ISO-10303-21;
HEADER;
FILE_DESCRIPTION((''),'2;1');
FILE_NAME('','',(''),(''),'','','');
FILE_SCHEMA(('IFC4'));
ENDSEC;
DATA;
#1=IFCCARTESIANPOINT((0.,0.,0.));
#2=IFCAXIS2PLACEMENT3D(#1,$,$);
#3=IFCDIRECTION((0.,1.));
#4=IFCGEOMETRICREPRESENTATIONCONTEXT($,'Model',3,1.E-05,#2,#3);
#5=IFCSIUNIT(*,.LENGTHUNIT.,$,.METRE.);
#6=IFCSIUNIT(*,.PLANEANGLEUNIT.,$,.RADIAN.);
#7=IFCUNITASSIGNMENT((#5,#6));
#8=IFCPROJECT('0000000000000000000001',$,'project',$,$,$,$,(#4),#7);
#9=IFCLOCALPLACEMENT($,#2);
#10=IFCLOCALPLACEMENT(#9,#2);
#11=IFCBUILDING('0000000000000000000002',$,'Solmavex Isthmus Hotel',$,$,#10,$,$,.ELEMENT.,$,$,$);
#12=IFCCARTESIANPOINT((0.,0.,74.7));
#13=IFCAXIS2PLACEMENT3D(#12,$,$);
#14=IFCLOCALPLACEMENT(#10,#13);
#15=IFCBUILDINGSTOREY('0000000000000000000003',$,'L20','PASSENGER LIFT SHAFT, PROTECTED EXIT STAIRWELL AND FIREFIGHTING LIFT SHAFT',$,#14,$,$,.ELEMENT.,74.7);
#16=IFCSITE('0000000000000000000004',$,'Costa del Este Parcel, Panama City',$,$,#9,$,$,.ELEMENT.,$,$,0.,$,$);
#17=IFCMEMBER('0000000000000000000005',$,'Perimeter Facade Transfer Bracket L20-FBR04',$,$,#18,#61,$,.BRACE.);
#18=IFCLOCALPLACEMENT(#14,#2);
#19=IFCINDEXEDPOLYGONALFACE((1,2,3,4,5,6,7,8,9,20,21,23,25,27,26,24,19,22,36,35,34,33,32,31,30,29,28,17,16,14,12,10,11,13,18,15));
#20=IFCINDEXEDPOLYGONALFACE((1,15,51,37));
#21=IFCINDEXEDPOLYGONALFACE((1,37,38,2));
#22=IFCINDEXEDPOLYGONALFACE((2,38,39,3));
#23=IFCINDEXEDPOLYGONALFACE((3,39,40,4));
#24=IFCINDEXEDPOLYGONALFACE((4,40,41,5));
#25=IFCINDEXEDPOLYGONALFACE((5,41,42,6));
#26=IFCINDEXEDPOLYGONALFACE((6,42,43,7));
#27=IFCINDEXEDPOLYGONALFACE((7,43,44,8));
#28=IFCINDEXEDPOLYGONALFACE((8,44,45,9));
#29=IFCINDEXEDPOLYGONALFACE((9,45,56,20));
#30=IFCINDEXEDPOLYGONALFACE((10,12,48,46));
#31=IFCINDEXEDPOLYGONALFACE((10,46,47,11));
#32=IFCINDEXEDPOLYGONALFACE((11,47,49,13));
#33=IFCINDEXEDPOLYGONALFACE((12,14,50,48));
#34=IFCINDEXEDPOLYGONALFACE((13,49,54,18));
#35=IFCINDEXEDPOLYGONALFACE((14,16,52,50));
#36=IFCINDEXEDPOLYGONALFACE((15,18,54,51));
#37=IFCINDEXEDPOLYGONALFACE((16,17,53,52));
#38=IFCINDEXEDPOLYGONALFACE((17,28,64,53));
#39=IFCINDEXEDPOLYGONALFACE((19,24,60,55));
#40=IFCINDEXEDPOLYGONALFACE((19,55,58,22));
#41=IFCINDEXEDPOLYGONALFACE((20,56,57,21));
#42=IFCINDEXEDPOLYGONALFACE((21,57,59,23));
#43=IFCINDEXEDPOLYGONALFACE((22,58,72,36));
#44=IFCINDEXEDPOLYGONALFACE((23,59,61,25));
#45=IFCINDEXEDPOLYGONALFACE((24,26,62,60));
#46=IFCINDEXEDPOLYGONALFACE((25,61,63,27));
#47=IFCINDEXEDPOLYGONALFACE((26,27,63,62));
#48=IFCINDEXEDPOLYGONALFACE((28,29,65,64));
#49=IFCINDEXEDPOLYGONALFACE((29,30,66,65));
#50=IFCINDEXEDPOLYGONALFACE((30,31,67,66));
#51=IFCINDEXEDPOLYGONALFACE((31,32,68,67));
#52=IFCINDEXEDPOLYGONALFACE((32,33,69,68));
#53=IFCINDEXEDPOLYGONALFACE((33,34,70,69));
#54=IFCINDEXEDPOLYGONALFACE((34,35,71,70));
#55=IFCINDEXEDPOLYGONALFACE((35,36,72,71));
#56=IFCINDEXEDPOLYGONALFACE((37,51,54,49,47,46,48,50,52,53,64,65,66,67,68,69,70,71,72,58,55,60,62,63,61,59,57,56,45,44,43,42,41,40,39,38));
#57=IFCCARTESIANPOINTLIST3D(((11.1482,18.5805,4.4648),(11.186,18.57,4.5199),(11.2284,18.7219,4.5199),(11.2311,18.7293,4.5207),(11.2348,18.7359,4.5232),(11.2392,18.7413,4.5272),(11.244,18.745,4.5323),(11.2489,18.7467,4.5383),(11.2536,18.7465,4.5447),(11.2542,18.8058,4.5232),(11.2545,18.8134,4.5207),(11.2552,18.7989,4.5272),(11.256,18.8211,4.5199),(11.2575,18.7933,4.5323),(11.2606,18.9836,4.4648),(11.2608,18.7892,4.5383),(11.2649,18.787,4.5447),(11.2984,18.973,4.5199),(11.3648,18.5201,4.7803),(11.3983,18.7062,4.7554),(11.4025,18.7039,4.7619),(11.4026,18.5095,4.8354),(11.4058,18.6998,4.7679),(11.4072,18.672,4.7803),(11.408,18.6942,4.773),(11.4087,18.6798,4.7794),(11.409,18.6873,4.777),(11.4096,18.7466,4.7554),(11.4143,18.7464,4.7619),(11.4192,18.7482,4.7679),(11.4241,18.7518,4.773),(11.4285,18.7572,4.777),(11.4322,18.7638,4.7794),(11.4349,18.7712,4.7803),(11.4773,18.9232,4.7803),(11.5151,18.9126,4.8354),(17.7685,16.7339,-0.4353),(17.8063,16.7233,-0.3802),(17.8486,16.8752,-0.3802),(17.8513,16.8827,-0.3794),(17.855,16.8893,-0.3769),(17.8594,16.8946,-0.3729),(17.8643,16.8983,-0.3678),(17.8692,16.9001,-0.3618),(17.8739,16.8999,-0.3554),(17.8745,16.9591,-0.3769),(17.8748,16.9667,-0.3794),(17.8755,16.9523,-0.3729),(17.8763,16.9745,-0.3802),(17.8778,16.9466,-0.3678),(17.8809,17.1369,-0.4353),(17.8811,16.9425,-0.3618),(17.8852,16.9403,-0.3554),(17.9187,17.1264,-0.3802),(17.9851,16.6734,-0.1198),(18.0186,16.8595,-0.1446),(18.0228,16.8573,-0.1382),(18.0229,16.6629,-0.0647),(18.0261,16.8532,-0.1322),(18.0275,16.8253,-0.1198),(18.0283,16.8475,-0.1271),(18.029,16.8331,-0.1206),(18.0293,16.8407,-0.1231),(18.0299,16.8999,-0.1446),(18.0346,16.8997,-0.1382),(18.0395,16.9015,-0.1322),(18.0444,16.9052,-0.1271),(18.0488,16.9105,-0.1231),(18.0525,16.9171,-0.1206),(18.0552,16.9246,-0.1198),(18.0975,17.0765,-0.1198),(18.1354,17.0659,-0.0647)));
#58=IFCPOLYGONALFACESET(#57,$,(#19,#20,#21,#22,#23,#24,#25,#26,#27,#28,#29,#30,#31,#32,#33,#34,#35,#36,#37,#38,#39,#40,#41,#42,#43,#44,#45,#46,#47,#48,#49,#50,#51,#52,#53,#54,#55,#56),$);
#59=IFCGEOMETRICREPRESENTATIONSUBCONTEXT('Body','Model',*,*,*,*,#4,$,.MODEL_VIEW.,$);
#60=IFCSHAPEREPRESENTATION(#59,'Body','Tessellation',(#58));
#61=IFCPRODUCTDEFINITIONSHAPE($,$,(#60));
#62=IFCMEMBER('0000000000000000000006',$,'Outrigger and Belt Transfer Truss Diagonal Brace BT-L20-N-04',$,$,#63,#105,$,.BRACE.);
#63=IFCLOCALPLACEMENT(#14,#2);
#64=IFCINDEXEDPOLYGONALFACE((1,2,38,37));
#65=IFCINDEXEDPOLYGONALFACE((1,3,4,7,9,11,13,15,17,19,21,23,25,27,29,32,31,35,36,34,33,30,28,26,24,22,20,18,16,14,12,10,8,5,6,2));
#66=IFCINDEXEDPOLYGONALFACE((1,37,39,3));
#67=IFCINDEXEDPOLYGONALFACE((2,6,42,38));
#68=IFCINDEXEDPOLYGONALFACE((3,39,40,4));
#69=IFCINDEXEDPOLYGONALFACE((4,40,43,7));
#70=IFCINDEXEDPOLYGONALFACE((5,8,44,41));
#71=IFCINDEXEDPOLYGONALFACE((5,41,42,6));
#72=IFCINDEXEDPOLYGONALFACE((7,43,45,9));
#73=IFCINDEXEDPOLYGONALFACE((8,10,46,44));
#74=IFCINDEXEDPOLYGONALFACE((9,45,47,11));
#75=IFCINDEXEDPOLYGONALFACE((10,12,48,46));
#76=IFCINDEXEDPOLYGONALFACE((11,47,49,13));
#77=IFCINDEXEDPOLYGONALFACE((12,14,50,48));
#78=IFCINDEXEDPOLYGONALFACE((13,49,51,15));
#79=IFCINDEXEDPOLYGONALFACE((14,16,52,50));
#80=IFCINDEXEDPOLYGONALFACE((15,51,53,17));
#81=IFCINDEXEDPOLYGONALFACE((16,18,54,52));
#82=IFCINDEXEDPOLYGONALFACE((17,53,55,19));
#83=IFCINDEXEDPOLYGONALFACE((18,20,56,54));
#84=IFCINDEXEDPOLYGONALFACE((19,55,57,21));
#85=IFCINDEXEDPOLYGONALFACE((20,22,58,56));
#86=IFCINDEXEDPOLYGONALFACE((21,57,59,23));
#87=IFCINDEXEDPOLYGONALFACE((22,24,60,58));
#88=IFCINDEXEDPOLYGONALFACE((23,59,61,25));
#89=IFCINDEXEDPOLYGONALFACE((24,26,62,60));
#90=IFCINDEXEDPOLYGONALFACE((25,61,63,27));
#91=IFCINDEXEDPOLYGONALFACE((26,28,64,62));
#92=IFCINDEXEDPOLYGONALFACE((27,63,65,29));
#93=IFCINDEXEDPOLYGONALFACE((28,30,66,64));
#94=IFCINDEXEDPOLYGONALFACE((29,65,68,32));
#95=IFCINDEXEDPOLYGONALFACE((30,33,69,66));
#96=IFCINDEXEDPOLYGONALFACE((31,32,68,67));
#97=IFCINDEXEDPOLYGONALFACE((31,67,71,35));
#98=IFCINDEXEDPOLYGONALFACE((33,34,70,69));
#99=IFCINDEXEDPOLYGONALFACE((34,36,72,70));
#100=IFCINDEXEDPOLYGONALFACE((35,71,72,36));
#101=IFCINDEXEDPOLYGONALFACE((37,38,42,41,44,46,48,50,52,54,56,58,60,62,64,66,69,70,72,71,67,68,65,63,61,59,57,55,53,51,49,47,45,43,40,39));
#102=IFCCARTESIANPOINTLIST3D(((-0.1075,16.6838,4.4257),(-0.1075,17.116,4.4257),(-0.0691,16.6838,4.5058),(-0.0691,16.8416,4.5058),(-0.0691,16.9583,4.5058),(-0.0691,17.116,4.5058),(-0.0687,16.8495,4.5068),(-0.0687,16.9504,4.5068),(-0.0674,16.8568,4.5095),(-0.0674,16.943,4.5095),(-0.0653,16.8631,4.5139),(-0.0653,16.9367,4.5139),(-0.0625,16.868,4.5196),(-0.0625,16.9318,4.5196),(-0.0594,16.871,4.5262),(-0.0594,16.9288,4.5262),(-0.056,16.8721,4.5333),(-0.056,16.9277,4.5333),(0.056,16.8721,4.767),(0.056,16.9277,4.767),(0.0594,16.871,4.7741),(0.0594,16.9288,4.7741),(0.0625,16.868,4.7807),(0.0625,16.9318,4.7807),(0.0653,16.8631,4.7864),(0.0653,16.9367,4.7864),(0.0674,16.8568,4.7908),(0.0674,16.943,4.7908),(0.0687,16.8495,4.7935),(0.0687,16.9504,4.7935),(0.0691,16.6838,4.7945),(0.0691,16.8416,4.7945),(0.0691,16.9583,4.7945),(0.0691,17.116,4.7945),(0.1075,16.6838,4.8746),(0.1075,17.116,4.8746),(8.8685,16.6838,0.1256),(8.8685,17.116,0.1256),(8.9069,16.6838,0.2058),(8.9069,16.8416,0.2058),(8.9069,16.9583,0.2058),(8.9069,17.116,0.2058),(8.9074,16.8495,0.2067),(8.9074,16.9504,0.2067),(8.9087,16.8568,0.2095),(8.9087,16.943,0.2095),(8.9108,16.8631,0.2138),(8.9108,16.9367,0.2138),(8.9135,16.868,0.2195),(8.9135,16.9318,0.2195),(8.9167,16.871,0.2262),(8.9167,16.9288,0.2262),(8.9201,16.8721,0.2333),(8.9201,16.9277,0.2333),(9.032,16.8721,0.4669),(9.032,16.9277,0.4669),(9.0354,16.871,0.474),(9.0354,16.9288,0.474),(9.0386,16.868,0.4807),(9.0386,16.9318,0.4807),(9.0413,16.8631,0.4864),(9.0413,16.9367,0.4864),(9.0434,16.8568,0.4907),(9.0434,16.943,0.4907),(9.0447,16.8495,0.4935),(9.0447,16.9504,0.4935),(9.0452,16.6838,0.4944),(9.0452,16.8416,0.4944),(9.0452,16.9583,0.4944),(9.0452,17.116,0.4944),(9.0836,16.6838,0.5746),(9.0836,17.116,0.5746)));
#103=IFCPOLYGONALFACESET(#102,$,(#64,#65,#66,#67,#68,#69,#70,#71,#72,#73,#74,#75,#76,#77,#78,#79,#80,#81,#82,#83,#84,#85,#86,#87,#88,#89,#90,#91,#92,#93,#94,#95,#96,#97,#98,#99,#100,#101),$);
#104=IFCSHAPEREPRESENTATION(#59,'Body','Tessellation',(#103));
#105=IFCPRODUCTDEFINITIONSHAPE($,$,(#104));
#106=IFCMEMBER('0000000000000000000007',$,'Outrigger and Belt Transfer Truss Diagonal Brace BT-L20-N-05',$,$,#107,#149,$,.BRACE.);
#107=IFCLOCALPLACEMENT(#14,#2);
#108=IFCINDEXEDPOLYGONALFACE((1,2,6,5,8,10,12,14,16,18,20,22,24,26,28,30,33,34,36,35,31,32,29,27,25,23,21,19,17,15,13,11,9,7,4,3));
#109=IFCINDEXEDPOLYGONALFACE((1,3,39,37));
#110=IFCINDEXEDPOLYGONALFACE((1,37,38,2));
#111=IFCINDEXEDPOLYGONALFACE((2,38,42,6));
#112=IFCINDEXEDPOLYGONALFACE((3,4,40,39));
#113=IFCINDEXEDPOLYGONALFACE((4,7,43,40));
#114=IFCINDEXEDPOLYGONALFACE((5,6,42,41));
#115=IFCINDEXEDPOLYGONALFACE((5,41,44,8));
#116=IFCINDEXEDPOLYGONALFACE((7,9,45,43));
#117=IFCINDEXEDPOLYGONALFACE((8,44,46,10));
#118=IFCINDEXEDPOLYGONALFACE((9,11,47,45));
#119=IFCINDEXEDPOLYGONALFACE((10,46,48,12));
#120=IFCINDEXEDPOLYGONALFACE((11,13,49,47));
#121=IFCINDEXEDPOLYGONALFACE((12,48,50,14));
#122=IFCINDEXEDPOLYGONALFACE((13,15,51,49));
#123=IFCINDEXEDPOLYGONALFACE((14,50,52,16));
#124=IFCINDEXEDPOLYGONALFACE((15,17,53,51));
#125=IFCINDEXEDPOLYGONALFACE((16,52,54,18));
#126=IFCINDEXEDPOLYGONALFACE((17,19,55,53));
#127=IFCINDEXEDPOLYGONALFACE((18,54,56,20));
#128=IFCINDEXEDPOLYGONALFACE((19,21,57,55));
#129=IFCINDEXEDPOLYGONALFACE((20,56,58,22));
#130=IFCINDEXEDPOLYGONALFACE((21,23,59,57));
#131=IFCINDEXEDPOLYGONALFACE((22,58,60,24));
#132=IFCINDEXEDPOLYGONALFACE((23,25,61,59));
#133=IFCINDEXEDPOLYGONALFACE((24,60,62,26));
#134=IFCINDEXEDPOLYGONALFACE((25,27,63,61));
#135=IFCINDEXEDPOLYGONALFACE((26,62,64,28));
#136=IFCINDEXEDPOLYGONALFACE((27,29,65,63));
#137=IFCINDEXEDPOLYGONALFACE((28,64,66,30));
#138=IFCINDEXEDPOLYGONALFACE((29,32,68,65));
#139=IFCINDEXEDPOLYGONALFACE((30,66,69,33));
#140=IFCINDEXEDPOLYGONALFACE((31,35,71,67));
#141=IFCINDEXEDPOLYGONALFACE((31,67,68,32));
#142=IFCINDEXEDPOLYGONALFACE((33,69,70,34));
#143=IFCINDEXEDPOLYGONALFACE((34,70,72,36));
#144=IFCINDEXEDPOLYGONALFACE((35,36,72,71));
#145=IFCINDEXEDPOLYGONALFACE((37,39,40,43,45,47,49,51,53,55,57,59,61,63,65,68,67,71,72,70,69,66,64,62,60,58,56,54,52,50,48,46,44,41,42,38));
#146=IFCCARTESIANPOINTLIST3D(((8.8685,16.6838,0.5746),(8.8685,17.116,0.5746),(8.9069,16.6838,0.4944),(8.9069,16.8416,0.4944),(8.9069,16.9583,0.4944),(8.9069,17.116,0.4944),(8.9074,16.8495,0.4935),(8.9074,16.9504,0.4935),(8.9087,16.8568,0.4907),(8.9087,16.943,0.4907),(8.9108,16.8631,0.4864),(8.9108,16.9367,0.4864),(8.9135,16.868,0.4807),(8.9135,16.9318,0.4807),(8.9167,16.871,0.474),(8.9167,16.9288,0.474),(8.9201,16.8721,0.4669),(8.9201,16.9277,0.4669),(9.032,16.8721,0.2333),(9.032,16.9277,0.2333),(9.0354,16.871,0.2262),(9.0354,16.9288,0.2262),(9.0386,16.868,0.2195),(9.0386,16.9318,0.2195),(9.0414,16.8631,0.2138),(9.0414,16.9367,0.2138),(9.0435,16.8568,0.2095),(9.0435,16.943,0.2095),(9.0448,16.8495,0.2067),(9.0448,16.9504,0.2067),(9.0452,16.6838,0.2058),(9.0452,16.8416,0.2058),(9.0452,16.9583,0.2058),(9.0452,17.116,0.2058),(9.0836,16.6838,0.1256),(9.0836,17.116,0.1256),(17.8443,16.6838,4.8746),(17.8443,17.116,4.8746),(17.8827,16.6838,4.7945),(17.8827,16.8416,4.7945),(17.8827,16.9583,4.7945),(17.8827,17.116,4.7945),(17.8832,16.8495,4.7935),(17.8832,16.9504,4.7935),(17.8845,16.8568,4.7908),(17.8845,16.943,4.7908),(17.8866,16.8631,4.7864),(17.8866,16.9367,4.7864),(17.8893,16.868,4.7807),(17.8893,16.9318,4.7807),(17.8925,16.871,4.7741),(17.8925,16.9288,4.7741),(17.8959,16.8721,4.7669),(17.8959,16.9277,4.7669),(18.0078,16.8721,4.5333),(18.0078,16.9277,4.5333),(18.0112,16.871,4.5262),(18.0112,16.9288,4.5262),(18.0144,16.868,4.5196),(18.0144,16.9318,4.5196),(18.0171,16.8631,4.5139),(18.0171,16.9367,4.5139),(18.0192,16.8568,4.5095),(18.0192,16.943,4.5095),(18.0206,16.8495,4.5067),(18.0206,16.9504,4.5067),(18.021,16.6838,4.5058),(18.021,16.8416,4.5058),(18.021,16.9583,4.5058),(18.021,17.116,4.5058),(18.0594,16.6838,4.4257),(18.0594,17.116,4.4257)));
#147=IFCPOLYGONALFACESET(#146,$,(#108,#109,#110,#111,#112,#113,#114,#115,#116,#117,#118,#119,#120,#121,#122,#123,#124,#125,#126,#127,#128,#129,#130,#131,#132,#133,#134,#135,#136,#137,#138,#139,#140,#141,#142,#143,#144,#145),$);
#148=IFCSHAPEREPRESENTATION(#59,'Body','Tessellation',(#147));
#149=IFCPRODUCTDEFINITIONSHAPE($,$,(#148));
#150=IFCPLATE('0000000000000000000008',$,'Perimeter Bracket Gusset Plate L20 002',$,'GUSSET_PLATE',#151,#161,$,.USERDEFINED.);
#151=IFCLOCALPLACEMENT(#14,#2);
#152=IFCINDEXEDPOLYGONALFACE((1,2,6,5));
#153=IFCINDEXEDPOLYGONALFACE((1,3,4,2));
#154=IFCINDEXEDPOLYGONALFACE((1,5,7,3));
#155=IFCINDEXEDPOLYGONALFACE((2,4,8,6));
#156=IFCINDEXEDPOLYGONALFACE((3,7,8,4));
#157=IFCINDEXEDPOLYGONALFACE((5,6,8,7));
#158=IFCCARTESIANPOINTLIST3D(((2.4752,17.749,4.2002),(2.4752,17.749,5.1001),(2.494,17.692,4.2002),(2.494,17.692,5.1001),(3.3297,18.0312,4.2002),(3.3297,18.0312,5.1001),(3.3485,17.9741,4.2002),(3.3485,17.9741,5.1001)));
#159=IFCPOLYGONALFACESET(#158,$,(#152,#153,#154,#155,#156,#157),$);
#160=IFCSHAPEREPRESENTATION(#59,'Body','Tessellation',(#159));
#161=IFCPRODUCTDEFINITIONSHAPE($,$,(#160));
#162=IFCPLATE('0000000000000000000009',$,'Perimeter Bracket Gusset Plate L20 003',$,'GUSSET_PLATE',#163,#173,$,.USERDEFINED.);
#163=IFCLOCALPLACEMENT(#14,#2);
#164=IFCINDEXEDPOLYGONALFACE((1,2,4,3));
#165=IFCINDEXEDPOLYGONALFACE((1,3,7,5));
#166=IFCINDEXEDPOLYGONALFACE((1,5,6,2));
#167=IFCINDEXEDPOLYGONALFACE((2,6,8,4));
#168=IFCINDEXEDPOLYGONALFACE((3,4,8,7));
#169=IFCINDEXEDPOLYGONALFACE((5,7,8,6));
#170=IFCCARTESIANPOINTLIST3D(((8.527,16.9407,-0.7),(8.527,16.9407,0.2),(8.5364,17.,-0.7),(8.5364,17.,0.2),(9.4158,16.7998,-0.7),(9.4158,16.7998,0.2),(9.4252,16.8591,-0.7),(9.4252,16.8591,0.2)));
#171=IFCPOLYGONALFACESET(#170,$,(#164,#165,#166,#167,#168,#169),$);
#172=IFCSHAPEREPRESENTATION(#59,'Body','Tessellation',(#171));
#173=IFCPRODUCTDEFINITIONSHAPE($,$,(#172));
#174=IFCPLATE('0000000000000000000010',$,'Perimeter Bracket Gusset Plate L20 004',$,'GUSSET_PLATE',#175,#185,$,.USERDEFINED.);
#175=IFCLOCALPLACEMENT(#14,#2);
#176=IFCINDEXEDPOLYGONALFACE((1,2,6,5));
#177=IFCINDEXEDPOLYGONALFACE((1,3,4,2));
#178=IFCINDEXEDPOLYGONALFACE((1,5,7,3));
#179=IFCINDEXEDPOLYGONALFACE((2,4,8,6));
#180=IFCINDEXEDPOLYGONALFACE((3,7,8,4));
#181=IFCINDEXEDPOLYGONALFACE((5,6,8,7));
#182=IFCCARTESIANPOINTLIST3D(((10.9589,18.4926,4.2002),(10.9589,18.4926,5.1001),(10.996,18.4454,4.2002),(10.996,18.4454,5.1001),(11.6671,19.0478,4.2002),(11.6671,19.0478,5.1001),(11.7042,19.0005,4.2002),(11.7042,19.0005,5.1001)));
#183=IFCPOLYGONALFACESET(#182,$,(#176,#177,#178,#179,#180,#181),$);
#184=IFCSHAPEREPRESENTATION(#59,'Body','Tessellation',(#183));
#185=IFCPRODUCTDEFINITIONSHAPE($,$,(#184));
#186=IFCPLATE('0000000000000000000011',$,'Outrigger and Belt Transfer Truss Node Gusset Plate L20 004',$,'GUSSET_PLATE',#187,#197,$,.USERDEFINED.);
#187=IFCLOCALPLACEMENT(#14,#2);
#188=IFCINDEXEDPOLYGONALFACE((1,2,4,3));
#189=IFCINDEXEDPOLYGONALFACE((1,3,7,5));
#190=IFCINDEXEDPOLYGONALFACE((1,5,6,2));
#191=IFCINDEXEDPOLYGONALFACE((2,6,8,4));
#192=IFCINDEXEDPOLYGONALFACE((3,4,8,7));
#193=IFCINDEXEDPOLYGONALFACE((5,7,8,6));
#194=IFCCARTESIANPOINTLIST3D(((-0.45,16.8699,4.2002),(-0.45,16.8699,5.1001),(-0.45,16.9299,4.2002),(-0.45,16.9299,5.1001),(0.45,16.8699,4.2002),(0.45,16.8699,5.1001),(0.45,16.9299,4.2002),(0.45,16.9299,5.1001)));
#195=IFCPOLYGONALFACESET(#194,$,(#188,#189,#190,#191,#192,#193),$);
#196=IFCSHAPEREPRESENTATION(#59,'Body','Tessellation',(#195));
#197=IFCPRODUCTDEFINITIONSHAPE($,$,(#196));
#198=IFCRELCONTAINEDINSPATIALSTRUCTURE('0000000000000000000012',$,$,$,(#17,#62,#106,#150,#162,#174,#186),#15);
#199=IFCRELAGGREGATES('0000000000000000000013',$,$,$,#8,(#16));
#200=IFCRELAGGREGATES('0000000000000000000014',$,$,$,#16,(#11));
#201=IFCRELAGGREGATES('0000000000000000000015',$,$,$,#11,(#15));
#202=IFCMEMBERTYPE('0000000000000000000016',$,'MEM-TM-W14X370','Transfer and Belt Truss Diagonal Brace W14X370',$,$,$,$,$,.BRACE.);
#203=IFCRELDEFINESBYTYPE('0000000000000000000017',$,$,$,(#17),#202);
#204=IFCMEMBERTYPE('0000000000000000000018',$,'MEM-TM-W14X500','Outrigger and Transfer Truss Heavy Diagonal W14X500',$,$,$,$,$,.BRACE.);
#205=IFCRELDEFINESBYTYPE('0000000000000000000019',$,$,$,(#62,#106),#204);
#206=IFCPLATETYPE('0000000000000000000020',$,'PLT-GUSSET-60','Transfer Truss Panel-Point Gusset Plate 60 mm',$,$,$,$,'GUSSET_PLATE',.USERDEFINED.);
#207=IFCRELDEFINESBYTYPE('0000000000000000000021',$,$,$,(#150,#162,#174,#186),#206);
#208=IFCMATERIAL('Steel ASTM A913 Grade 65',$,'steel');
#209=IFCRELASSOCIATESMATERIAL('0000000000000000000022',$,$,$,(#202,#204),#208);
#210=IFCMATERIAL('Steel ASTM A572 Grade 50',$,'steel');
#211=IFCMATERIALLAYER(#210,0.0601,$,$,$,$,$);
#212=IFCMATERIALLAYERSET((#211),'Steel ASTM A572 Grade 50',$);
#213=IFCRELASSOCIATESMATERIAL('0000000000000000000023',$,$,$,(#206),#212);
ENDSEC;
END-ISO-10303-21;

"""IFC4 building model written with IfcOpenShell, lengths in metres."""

from ifc_helpers import new_model, si_unit, direction, frame, origin, origin_2d, place, context, subcontext, project, spatial, rectangle, i_section, extrude, material, layer, layer_set, material_profile, profile_set, type_object, element, save


model = new_model("IFC4")

# Units and contexts
model_context = context("Model", 3, precision=1e-05, world=origin(), true_north=direction((0.0, 1.0)))
body_context = subcontext(model_context, "Body", "Model", "MODEL_VIEW")
ifc_project = project(units=[si_unit("LENGTHUNIT", "METRE"), si_unit("PLANEANGLEUNIT", "RADIAN")], contexts=[model_context])

# Site, building, storey
site_placement = place(None, origin())
site = spatial("IfcSite", under=ifc_project, at=site_placement, Name="Costa del Este Parcel, Panama City", CompositionType="ELEMENT", RefElevation=0.0)
building_placement = place(site_placement, origin())
building = spatial("IfcBuilding", under=site, at=building_placement, Name="Solmavex Isthmus Hotel", CompositionType="ELEMENT")
storey_placement = place(building_placement, frame((0.0, 0.0, 74.7)))
storey = spatial("IfcBuildingStorey", under=building, at=storey_placement, Name="L20", Description="PASSENGER LIFT SHAFT, PROTECTED EXIT STAIRWELL AND FIREFIGHTING LIFT SHAFT", CompositionType="ELEMENT", Elevation=74.7)

# Shared definitions
ifc_material_1 = material(Name="Steel ASTM A913 Grade 65", Category="steel")

# Members
ifc_material_profile_1 = material_profile(ifc_material_1, i_section(OverallWidth=0.4185, OverallDepth=0.4551, WebThickness=0.042, FlangeThickness=0.0676, FilletRadius=0.0305, at=origin_2d()), Name="W14X370")
ifc_profile_set_1 = profile_set([ifc_material_profile_1], Name="Steel ASTM A913 Grade 65")
member_type_1 = type_object("IfcMemberType", Name="MEM-TM-W14X370", Description="Transfer and Belt Truss Diagonal Brace W14X370", PredefinedType="BRACE", material=ifc_profile_set_1)
member_1_placement = place(storey_placement, frame((17.9519, 16.8999, -0.25), z_axis=(-0.784308, 0.218774, 0.580516), x_axis=(-0.268682, -0.963229, 0.0)))
element("IfcMember", 1, at=member_1_placement, inside=storey, type_object=member_type_1, Name="Perimeter Facade Transfer Bracket L20-FBR04", PredefinedType="BRACE", context=body_context, shape_type="SweptSolid", body=[
    extrude(i_section(OverallWidth=0.4185, OverallDepth=0.4551, WebThickness=0.042, FlangeThickness=0.0676, FilletRadius=0.0305, at=origin_2d()), origin(), (0.0, 0.0, 1.0), 8.4409),
])
ifc_material_profile_2 = material_profile(ifc_material_1, i_section(OverallWidth=0.4321, OverallDepth=0.4978, WebThickness=0.0557, FlangeThickness=0.0889, FilletRadius=0.0305, at=origin_2d()), Name="W14X500")
ifc_profile_set_2 = profile_set([ifc_material_profile_2], Name="Steel ASTM A913 Grade 65")
member_type_2 = type_object("IfcMemberType", Name="MEM-TM-W14X500", Description="Outrigger and Transfer Truss Heavy Diagonal W14X500", PredefinedType="BRACE", material=ifc_profile_set_2)
member_2_placement = place(storey_placement, frame((0.0, 16.8999, 4.6501), z_axis=(0.901855, 0.0, -0.43204), x_axis=(0.0, 1.0, 0.0)))
element("IfcMember", 2, at=member_2_placement, inside=storey, type_object=member_type_2, Name="Outrigger and Belt Transfer Truss Diagonal Brace BT-L20-N-04", PredefinedType="BRACE", context=body_context, shape_type="SweptSolid", body=[
    extrude(i_section(OverallWidth=0.4321, OverallDepth=0.4978, WebThickness=0.0557, FlangeThickness=0.0889, FilletRadius=0.0305, at=origin_2d()), origin(), (0.0, 0.0, 1.0), 9.9529),
])
member_3_placement = place(storey_placement, frame((8.9761, 16.8999, 0.3501), z_axis=(0.90185, 0.0, 0.432049), x_axis=(0.0, 1.0, 0.0)))
element("IfcMember", 3, at=member_3_placement, inside=storey, type_object=member_type_2, Name="Outrigger and Belt Transfer Truss Diagonal Brace BT-L20-N-05", PredefinedType="BRACE", context=body_context, shape_type="SweptSolid", body=[
    extrude(i_section(OverallWidth=0.4321, OverallDepth=0.4978, WebThickness=0.0557, FlangeThickness=0.0889, FilletRadius=0.0305, at=origin_2d()), origin(), (0.0, 0.0, 1.0), 9.9526),
])

# Plates
ifc_material_2 = material(Name="Steel ASTM A572 Grade 50", Category="steel")
ifc_layer = layer(ifc_material_2, 0.0601)
ifc_layer_set = layer_set([ifc_layer], Name="Steel ASTM A572 Grade 50")
plate_type = type_object("IfcPlateType", Name="PLT-GUSSET-60", Description="Transfer Truss Panel-Point Gusset Plate 60 mm", ElementType="GUSSET_PLATE", PredefinedType="USERDEFINED", material=ifc_layer_set)
for number, where, z_axis, x_axis, name in (
    (4, (2.9119, 17.8616, 4.2002), (0.0, 0.0, 1.0), (0.949568, 0.313562, 0.0), "Perimeter Bracket Gusset Plate L20 002"),
    (5, (8.9761, 16.8999, -0.7), (0.0, 0.0, 1.0), (-0.987661, 0.156607, 0.0), "Perimeter Bracket Gusset Plate L20 003"),
    (6, (11.3315, 18.7466, 4.2002), (0.0, 0.0, 1.0), (0.78701, 0.61694, 0.0), "Perimeter Bracket Gusset Plate L20 004"),
    (7, (0.0, 16.8999, 4.2002), (0.0, 0.0, 1.0), (1.0, 0.0, 0.0), "Outrigger and Belt Transfer Truss Node Gusset Plate L20 004"),
):
    element("IfcPlate", number, at=place(storey_placement, frame(where, z_axis=z_axis, x_axis=x_axis)), inside=storey, type_object=plate_type, Name=name, ObjectType="GUSSET_PLATE", PredefinedType="USERDEFINED", context=body_context, shape_type="SweptSolid", body=[
        extrude(rectangle(XDim=0.8999, YDim=0.0601, at=origin_2d()), origin(), (0.0, 0.0, 1.0), 0.8999),
    ])

save(model, "model.ifc")
